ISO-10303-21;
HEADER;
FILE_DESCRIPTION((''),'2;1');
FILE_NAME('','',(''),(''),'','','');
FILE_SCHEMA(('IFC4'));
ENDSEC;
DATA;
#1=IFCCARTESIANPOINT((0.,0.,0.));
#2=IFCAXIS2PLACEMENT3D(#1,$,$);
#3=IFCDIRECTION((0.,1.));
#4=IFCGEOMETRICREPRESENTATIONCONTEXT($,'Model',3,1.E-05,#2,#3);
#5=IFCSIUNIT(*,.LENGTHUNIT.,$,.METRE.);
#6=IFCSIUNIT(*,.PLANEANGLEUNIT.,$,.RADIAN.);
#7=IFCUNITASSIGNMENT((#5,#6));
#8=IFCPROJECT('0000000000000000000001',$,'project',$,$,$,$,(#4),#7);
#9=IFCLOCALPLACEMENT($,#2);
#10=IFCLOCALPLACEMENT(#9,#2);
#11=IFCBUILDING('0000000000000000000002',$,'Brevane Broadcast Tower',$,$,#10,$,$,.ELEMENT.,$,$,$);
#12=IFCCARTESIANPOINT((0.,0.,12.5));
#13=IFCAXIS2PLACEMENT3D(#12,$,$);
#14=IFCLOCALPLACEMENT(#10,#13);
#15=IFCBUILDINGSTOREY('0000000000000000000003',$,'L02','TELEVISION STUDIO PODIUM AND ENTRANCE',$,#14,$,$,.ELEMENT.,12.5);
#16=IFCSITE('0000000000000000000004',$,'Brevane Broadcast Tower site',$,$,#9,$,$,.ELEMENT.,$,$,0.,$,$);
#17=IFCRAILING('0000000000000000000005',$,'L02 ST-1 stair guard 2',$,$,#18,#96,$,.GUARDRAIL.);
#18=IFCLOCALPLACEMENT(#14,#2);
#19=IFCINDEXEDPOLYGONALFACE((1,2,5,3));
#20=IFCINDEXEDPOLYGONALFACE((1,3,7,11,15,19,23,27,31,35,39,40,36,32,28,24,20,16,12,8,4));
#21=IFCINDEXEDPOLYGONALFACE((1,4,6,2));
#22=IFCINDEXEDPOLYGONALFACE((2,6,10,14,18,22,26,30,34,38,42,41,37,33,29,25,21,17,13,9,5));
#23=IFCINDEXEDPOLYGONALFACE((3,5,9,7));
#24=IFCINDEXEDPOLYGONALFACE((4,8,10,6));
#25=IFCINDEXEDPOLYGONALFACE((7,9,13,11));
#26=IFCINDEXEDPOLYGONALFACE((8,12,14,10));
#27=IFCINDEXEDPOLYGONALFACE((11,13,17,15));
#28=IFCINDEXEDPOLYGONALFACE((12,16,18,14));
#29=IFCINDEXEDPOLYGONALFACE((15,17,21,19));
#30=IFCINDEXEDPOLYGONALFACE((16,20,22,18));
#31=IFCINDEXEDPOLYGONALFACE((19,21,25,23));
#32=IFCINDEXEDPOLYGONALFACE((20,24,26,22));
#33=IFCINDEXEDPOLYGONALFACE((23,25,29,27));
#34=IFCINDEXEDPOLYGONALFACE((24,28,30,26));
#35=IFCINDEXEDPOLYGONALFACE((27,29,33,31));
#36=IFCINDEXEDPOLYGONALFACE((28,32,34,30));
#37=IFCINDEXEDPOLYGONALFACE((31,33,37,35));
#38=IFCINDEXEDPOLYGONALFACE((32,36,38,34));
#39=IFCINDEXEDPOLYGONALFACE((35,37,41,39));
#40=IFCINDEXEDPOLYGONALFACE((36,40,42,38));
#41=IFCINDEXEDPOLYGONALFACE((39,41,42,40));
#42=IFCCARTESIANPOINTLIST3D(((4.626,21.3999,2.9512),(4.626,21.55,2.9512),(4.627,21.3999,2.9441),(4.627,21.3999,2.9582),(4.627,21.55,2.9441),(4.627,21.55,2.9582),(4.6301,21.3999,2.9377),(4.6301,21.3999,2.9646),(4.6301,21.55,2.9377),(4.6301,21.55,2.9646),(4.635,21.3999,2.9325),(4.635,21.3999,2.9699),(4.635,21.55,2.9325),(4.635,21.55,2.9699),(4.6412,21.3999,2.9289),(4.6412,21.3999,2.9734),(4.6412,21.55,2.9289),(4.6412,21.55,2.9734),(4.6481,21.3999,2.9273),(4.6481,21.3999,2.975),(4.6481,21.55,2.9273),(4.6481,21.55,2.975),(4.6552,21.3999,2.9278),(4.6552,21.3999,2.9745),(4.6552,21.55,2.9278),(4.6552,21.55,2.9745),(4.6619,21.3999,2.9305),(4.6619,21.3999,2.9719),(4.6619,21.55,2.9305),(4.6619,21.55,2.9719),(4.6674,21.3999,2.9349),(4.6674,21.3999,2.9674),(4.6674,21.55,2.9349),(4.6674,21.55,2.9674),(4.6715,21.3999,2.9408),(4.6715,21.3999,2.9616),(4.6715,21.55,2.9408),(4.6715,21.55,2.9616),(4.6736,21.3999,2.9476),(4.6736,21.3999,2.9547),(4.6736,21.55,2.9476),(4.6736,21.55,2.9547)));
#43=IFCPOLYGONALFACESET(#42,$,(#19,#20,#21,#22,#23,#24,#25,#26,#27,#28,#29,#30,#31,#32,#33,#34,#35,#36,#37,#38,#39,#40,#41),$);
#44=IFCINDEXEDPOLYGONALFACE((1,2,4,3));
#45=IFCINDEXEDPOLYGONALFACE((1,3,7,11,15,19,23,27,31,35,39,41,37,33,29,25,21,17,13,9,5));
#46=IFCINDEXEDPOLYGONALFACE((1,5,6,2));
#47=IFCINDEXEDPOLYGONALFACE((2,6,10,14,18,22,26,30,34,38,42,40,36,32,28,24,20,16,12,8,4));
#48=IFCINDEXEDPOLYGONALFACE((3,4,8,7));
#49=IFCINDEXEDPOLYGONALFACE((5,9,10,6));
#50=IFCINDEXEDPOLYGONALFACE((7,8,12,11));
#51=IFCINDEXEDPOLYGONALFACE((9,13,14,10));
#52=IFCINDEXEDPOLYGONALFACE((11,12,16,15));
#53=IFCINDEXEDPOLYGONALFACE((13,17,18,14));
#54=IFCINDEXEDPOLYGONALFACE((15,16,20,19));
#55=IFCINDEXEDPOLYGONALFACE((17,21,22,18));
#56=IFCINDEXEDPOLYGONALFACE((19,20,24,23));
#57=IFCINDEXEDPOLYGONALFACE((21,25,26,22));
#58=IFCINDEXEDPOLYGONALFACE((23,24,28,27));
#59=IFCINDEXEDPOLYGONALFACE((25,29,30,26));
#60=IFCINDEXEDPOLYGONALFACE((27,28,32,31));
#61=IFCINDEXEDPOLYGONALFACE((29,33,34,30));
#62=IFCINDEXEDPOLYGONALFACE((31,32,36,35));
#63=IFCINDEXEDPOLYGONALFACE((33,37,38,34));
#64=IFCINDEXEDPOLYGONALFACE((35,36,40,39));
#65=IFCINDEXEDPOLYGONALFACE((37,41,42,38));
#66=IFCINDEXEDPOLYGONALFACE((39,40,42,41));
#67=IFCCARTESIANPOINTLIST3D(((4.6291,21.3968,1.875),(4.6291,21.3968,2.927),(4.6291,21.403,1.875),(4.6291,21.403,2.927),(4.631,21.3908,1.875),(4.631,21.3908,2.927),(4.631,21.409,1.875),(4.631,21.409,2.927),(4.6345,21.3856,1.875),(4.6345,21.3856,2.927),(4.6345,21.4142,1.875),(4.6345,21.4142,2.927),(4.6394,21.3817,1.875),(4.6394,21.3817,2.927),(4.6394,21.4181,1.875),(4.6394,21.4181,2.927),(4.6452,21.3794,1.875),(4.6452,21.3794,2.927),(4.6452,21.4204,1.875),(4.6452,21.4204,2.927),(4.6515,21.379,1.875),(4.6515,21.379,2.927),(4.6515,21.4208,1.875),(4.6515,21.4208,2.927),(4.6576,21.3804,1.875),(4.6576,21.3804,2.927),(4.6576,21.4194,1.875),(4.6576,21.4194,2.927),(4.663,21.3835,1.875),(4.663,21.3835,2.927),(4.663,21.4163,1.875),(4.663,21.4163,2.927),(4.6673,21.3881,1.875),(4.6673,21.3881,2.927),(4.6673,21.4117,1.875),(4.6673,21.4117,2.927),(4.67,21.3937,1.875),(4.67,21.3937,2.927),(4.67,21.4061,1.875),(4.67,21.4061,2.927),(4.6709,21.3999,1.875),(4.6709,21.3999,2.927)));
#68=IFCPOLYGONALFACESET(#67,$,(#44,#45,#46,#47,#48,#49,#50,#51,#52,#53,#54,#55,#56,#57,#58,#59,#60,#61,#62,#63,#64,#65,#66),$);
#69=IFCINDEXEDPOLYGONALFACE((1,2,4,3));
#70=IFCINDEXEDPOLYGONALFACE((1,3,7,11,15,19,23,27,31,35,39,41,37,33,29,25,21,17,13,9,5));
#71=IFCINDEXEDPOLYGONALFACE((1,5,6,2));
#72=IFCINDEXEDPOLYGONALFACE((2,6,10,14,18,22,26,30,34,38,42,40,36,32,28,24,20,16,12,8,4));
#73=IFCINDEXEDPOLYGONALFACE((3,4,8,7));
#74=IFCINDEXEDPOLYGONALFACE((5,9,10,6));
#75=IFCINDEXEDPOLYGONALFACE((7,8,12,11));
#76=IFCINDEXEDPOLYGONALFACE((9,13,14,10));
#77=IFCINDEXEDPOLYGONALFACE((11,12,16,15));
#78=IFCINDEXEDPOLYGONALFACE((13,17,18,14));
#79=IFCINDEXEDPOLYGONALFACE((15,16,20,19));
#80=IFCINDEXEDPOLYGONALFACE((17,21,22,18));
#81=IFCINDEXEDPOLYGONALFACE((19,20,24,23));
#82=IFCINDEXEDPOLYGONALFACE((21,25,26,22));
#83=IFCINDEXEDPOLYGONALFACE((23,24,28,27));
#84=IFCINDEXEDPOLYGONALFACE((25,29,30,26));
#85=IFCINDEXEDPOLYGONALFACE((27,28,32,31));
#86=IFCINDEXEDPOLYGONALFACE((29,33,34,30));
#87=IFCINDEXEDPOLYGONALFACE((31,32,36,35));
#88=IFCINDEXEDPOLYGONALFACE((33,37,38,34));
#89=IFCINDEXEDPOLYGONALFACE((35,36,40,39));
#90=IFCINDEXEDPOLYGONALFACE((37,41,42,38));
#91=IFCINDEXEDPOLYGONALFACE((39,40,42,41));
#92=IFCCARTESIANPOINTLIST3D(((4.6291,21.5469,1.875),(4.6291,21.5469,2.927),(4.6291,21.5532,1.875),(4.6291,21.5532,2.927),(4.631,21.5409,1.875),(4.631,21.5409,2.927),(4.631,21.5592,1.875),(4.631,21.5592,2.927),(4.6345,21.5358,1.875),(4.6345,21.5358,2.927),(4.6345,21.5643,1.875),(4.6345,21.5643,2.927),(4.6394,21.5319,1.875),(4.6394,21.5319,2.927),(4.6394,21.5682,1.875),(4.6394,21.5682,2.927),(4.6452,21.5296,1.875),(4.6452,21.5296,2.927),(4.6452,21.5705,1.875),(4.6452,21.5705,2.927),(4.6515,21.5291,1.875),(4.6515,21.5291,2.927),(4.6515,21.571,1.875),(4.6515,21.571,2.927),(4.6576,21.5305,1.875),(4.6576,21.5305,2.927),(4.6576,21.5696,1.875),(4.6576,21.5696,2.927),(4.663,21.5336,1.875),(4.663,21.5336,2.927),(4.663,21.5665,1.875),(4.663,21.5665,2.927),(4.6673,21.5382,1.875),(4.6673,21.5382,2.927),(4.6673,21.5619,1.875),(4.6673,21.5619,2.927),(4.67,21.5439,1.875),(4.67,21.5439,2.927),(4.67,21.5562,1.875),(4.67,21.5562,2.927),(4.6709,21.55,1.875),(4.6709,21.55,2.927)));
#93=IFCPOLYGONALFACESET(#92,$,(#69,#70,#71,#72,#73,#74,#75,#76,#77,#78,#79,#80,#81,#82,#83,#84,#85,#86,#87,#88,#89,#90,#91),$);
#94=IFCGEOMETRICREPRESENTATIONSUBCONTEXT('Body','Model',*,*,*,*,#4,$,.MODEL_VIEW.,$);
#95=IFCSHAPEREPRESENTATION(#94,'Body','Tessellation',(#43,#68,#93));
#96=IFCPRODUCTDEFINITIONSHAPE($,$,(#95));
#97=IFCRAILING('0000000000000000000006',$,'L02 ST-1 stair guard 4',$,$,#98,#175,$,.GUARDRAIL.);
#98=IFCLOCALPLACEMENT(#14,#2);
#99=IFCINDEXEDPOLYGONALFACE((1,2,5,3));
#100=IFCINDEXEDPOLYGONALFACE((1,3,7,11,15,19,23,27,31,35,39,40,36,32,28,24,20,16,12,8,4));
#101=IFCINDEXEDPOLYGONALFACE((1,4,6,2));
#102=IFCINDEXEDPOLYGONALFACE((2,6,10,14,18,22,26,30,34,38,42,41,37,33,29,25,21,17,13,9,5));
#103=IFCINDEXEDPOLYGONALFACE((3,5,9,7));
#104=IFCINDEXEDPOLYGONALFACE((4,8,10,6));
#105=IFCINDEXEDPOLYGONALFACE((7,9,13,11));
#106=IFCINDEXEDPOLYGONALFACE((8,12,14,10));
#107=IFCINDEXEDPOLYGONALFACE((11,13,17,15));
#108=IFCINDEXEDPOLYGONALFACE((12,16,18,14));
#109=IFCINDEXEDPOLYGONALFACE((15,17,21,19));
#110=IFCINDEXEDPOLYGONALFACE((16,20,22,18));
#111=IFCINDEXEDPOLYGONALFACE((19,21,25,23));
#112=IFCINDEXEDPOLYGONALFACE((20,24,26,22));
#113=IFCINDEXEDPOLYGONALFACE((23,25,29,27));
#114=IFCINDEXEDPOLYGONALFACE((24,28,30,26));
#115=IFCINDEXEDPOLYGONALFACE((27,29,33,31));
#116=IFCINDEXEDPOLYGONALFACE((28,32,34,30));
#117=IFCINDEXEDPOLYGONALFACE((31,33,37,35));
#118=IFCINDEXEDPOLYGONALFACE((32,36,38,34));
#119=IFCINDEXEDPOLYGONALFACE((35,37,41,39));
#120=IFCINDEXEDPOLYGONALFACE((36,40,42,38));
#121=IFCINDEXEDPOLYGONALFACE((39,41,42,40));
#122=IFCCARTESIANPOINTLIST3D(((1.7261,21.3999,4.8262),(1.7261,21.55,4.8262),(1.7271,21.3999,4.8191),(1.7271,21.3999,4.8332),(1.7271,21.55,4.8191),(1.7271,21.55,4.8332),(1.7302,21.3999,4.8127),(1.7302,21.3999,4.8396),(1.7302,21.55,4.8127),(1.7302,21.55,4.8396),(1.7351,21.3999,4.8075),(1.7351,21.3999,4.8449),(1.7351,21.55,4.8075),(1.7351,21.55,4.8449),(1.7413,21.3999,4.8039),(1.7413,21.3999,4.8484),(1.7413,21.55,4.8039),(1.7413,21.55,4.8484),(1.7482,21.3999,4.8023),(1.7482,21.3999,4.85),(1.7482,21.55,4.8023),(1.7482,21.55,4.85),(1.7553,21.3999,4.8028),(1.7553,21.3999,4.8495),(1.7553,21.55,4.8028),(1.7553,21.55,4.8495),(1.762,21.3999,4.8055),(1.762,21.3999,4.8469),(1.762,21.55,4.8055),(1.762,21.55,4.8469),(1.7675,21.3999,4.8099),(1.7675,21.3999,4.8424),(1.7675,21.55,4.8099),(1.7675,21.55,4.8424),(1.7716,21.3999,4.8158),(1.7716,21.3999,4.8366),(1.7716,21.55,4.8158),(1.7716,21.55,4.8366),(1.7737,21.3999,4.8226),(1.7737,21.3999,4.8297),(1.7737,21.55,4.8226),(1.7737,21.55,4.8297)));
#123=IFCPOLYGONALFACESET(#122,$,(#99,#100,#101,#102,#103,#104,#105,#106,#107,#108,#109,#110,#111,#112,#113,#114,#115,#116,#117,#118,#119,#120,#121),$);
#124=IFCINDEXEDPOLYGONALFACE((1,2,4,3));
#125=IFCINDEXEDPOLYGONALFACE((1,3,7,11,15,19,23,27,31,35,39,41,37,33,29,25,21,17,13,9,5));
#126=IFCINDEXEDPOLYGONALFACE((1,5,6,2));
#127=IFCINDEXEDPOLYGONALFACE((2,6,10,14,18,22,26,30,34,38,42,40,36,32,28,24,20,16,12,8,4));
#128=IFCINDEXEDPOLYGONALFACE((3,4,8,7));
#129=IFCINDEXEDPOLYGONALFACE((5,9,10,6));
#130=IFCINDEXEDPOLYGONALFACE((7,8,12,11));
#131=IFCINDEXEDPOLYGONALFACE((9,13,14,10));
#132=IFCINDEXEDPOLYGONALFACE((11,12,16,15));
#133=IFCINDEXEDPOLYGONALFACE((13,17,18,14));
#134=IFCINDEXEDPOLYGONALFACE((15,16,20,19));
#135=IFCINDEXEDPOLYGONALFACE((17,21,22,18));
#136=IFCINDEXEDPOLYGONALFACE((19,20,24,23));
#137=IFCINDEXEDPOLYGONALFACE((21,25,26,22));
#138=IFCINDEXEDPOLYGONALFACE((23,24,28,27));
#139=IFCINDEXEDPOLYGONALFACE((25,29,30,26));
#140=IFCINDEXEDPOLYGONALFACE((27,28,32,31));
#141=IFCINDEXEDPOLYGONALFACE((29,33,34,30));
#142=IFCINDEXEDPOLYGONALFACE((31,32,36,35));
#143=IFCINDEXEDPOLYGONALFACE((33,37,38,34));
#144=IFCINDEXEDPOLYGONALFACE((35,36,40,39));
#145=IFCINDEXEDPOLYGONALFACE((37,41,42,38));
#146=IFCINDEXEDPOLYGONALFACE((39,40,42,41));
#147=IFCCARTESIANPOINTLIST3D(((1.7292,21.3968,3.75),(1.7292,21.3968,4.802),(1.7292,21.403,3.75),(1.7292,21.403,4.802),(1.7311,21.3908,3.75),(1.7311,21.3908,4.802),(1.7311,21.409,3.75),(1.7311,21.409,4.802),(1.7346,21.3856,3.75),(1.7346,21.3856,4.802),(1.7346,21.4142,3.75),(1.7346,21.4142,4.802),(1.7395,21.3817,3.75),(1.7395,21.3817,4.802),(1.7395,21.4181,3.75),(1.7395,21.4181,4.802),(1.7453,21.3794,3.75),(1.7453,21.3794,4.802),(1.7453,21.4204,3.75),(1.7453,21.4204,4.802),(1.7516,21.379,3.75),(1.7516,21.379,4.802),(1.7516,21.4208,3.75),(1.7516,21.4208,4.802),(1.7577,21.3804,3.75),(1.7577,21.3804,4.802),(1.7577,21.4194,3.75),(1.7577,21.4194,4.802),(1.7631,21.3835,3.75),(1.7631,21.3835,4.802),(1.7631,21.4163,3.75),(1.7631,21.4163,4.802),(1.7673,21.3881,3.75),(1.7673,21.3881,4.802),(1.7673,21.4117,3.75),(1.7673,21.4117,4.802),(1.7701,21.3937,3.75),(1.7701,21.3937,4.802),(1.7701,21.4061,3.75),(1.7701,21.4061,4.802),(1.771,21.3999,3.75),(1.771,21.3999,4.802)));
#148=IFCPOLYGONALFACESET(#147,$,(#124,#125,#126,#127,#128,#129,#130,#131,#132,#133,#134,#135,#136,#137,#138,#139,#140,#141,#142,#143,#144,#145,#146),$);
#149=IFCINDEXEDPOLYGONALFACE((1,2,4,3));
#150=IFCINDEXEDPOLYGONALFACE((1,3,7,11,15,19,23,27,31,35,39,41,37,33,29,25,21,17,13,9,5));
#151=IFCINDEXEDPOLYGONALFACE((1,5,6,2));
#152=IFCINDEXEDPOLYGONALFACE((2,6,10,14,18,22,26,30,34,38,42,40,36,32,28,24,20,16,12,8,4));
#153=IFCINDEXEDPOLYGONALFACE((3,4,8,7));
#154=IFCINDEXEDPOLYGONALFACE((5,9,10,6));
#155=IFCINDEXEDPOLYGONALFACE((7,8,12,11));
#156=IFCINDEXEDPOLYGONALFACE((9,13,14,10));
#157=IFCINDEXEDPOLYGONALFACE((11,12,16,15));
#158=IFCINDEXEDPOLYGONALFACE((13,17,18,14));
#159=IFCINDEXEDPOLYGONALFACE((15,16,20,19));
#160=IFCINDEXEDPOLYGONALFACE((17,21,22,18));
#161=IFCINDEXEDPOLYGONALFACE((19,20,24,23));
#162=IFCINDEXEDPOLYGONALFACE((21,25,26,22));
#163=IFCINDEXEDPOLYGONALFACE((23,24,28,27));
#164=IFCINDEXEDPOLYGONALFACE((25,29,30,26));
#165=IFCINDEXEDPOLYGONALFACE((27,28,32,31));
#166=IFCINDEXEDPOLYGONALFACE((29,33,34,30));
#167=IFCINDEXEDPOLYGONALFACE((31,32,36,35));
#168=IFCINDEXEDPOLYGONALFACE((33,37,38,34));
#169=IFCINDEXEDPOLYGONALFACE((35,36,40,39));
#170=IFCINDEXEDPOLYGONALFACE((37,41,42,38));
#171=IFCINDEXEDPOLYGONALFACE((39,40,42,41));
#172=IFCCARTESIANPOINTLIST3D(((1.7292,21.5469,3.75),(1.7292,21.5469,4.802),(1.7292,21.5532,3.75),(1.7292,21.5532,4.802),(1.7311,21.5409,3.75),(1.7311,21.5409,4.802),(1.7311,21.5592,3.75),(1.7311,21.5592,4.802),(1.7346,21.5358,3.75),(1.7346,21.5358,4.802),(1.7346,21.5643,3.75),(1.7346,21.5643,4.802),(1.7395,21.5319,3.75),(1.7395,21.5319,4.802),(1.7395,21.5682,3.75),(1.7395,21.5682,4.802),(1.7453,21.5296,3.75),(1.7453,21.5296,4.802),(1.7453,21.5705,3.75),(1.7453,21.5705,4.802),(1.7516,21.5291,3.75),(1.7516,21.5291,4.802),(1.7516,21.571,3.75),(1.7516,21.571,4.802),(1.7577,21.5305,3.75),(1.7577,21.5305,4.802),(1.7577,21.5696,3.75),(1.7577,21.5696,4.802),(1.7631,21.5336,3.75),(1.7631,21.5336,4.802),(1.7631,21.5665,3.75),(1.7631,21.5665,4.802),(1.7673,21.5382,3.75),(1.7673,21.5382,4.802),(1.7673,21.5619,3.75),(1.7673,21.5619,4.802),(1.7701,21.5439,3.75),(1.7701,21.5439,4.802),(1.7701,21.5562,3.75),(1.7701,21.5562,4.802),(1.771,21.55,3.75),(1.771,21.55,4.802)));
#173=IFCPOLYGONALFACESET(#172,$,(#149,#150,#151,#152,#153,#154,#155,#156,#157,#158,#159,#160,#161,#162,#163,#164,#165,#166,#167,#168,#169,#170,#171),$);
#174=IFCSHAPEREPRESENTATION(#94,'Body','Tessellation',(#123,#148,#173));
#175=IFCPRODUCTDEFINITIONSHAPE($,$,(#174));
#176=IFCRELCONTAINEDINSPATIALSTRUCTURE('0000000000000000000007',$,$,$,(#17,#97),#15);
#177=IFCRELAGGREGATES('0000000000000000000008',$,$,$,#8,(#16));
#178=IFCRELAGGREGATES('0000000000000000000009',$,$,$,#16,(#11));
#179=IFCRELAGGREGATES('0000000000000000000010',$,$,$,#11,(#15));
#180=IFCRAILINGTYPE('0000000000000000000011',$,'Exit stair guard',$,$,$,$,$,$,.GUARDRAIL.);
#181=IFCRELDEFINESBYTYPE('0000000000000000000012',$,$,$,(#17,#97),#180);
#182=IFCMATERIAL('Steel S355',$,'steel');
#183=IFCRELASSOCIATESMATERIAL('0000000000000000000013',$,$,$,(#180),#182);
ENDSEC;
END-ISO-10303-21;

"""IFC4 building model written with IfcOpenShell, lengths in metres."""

from ifc_helpers import new_model, si_unit, direction, frame, origin, origin_2d, place, context, subcontext, project, spatial, circle, extrude, material, type_object, element, save


model = new_model("IFC4")

# Units and contexts
model_context = context("Model", 3, precision=1e-05, world=origin(), true_north=direction((0.0, 1.0)))
body_context = subcontext(model_context, "Body", "Model", "MODEL_VIEW")
ifc_project = project(units=[si_unit("LENGTHUNIT", "METRE"), si_unit("PLANEANGLEUNIT", "RADIAN")], contexts=[model_context])

# Site, building, storey
site_placement = place(None, origin())
site = spatial("IfcSite", under=ifc_project, at=site_placement, Name="Brevane Broadcast Tower site", CompositionType="ELEMENT", RefElevation=0.0)
building_placement = place(site_placement, origin())
building = spatial("IfcBuilding", under=site, at=building_placement, Name="Brevane Broadcast Tower", CompositionType="ELEMENT")
storey_placement = place(building_placement, frame((0.0, 0.0, 12.5)))
storey = spatial("IfcBuildingStorey", under=building, at=storey_placement, Name="L02", Description="TELEVISION STUDIO PODIUM AND ENTRANCE", CompositionType="ELEMENT", Elevation=12.5)

# Railings
ifc_material_1 = material(Name="Steel S355", Category="steel")
railing_type_1 = type_object("IfcRailingType", Name="Exit stair guard", PredefinedType="GUARDRAIL", material=ifc_material_1)
for number, where, name in (
    (1, (4.6499, 21.3999, 1.875), "L02 ST-1 stair guard 2"),
    (2, (1.75, 21.3999, 3.75), "L02 ST-1 stair guard 4"),
):
    element("IfcRailing", number, at=place(storey_placement, frame(where)), inside=storey, type_object=railing_type_1, Name=name, PredefinedType="GUARDRAIL", context=body_context, shape_type="SweptSolid", body=[
        extrude(circle(Radius=0.0239, at=origin_2d()), frame((0.0, 0.0, 1.0762), z_axis=(0.0, 1.0, 0.0), x_axis=(-1.0, 0.0, 0.0)), (0.0, 0.0, 1.0), 0.1501),
        extrude(circle(Radius=0.021, at=origin_2d()), origin(), (0.0, 0.0, 1.0), 1.052),
        extrude(circle(Radius=0.021, at=origin_2d()), frame((0.0, 0.1501, 0.0)), (0.0, 0.0, 1.0), 1.052),
    ])

save(model, "model.ifc")
